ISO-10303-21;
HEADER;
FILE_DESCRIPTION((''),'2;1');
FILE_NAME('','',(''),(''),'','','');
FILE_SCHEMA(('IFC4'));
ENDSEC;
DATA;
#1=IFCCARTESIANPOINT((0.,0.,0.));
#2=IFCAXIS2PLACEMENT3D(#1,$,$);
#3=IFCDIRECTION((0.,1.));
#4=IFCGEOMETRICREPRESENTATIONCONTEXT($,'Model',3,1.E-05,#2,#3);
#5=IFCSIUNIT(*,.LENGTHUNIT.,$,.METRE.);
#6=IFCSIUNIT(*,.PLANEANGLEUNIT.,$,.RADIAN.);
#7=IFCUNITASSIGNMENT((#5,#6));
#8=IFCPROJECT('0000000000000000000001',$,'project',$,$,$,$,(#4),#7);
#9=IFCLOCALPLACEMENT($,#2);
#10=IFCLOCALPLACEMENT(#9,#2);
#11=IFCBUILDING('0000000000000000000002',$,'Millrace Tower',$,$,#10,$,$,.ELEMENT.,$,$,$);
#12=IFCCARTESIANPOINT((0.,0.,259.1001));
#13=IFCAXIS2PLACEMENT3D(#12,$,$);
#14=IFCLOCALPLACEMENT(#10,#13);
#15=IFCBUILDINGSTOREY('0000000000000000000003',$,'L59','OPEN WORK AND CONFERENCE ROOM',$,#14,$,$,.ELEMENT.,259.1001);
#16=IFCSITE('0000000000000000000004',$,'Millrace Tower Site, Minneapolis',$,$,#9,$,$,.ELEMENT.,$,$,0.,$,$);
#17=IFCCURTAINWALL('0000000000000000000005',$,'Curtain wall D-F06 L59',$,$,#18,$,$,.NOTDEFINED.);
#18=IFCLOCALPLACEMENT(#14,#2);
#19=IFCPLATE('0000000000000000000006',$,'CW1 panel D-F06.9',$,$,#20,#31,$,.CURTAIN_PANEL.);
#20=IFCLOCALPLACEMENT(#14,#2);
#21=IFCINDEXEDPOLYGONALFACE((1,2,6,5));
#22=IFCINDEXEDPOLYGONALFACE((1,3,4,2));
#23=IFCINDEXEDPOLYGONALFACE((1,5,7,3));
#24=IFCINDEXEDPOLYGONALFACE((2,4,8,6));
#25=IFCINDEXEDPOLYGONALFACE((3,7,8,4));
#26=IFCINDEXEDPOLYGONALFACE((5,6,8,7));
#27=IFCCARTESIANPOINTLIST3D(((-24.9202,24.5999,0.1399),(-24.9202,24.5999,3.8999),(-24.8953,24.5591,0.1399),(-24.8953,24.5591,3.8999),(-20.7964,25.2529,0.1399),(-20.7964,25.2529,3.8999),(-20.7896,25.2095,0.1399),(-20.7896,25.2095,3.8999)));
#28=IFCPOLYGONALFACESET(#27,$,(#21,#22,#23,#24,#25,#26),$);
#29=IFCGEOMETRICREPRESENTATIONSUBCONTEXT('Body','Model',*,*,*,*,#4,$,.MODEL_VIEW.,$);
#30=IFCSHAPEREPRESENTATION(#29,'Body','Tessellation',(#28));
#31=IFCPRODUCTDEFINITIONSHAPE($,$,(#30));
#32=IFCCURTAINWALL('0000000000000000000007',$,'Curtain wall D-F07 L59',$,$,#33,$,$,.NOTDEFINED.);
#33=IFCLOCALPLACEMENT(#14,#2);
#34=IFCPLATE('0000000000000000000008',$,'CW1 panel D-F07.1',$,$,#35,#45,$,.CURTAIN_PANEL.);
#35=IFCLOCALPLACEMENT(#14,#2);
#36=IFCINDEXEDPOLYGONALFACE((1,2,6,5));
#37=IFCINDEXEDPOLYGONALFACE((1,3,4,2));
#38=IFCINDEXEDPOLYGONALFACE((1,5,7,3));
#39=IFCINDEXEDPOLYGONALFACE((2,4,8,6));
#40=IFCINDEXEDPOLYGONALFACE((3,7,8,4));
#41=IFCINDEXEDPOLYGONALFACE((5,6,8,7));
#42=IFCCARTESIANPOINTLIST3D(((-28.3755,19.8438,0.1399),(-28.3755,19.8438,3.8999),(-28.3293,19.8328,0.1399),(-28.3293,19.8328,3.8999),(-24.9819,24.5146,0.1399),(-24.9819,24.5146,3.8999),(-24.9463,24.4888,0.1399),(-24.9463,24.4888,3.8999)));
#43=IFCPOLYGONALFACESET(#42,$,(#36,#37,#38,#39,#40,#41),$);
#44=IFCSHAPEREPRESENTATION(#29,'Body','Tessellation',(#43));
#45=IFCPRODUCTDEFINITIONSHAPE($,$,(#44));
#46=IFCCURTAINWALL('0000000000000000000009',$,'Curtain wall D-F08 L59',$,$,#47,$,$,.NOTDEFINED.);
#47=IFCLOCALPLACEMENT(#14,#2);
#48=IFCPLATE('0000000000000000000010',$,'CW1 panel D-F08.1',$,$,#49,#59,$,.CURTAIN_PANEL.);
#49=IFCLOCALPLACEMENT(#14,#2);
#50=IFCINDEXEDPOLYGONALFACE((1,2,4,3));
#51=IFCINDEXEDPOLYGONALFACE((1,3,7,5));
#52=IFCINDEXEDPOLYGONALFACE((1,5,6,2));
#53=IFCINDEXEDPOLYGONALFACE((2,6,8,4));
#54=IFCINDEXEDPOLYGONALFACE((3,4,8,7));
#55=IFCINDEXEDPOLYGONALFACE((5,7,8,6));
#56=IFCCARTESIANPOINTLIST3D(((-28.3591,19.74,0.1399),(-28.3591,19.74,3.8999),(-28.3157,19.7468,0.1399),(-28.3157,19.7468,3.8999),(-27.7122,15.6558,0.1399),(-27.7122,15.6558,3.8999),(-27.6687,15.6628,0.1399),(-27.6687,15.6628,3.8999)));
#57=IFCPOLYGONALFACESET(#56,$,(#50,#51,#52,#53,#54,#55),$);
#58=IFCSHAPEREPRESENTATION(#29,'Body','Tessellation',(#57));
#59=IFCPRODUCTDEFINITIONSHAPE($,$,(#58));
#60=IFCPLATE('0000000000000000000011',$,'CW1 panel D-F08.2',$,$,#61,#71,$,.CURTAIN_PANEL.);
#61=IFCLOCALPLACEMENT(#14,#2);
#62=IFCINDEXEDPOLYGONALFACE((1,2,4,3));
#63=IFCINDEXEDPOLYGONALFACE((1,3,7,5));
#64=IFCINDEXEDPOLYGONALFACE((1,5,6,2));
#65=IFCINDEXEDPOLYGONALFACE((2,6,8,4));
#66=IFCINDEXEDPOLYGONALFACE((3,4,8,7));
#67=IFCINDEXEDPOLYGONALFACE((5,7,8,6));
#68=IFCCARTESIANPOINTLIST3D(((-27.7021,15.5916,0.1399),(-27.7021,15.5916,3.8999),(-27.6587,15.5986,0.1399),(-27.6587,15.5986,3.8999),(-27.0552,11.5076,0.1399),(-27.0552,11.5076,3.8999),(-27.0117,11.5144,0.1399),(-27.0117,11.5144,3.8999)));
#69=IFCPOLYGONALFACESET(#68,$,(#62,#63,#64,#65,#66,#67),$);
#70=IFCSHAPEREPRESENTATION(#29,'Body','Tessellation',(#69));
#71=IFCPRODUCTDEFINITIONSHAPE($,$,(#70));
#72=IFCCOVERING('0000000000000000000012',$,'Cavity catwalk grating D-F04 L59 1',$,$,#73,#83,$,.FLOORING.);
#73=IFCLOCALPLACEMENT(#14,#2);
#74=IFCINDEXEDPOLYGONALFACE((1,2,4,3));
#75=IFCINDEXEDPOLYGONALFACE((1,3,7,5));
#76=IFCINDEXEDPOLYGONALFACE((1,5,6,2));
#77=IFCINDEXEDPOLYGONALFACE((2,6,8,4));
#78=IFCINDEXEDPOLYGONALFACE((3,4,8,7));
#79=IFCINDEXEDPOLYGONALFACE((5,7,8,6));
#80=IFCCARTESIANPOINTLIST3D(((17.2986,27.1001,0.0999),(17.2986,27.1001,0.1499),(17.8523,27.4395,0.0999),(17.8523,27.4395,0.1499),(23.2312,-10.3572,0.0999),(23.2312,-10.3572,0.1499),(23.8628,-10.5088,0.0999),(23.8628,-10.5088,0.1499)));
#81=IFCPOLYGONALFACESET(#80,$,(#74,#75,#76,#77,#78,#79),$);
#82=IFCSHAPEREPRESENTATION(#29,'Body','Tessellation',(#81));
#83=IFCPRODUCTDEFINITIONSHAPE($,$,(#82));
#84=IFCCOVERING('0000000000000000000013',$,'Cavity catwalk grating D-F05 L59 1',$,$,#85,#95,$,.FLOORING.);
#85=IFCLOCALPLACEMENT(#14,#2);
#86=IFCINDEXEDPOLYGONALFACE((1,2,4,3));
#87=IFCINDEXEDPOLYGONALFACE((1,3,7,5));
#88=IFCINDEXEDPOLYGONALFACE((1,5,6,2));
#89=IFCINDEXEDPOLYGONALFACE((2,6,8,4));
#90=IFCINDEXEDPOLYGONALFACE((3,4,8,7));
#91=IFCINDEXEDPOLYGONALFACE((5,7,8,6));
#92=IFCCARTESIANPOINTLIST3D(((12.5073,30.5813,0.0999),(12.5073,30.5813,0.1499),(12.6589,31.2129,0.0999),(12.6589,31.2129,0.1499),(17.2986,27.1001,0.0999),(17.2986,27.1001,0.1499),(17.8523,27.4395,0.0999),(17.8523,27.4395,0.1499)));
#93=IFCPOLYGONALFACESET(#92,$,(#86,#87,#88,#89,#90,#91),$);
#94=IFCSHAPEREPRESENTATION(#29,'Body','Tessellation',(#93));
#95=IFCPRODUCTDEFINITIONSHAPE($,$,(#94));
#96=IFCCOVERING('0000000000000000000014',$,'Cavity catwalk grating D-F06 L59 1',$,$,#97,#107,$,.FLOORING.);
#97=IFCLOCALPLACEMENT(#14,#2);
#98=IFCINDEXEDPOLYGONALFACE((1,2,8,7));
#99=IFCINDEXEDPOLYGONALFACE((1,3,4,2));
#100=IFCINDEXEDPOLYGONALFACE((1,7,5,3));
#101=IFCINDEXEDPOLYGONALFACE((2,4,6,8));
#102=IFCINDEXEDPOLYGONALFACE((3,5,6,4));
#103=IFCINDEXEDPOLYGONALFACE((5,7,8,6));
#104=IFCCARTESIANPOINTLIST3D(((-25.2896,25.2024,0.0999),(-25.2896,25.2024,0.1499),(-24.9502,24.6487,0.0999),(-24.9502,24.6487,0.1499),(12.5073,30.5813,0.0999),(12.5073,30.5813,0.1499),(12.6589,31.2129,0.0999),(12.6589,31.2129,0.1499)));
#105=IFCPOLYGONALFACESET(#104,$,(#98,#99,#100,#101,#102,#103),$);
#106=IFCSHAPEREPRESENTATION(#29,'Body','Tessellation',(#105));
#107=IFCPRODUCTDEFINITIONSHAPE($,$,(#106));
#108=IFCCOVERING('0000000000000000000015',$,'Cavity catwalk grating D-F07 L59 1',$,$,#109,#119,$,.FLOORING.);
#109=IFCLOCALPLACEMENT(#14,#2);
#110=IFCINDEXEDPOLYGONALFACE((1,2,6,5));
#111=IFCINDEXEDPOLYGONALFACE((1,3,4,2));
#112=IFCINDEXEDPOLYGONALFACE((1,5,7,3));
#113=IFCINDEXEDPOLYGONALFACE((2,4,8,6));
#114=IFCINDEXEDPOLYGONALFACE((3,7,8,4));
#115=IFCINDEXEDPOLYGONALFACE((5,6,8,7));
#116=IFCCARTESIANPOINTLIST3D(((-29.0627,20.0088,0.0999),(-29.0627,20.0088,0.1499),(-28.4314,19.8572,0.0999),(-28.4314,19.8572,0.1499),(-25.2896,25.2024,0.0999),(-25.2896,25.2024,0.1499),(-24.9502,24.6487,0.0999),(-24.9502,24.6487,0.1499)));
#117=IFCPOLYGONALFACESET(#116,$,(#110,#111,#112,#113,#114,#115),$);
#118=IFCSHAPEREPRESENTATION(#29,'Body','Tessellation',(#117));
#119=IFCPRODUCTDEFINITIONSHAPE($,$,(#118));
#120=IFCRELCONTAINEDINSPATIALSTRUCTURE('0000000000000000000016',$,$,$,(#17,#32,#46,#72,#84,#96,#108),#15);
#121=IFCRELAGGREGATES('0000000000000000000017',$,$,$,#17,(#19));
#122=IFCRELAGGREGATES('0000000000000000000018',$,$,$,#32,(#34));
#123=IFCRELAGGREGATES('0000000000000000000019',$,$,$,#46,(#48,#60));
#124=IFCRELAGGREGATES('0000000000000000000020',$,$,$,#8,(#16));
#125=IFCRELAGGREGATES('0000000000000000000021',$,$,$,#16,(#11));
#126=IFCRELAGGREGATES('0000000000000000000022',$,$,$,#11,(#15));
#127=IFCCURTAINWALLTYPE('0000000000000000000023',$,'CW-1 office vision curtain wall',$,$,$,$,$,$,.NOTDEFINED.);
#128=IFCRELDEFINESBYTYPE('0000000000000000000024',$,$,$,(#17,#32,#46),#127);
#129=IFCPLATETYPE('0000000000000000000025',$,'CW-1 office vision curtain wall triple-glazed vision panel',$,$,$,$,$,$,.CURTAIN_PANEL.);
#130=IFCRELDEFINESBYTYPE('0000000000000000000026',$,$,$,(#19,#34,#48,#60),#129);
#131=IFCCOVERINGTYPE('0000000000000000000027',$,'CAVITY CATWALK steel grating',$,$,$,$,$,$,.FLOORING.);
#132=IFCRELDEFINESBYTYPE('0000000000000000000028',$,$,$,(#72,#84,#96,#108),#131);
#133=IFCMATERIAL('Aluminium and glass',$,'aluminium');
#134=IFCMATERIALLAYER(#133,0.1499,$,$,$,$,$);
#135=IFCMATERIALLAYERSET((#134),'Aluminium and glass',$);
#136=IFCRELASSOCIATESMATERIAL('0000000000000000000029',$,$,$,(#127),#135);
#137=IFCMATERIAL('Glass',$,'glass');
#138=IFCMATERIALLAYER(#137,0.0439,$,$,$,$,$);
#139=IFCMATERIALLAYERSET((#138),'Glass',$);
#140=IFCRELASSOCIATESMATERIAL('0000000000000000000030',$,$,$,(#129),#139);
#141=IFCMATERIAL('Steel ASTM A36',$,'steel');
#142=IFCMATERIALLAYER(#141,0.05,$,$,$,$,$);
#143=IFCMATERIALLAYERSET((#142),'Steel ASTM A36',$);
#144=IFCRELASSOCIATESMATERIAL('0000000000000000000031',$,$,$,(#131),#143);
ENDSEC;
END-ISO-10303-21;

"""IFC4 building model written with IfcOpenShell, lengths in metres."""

from ifc_helpers import new_model, si_unit, direction, frame, origin, place, context, subcontext, project, spatial, polyline, outline, extrude, material, layer, layer_set, type_object, element, aggregate, save


model = new_model("IFC4")

# Units and contexts
model_context = context("Model", 3, precision=1e-05, world=origin(), true_north=direction((0.0, 1.0)))
body_context = subcontext(model_context, "Body", "Model", "MODEL_VIEW")
ifc_project = project(units=[si_unit("LENGTHUNIT", "METRE"), si_unit("PLANEANGLEUNIT", "RADIAN")], contexts=[model_context])

# Site, building, storey
site_placement = place(None, origin())
site = spatial("IfcSite", under=ifc_project, at=site_placement, Name="Millrace Tower Site, Minneapolis", CompositionType="ELEMENT", RefElevation=0.0)
building_placement = place(site_placement, origin())
building = spatial("IfcBuilding", under=site, at=building_placement, Name="Millrace Tower", CompositionType="ELEMENT")
storey_placement = place(building_placement, frame((0.0, 0.0, 259.1001)))
storey = spatial("IfcBuildingStorey", under=building, at=storey_placement, Name="L59", Description="OPEN WORK AND CONFERENCE ROOM", CompositionType="ELEMENT", Elevation=259.1001)

# Shared definitions
ifc_material_1 = material(Name="Aluminium and glass", Category="aluminium")
ifc_layer_1 = layer(ifc_material_1, 0.1499)
ifc_layer_set_1 = layer_set([ifc_layer_1], Name="Aluminium and glass")
curtain_wall_type = type_object("IfcCurtainWallType", Name="CW-1 office vision curtain wall", PredefinedType="NOTDEFINED", material=ifc_layer_set_1)
placement_1 = place(storey_placement, origin())
ifc_material_2 = material(Name="Glass", Category="glass")
ifc_layer_2 = layer(ifc_material_2, 0.0439)
ifc_layer_set_2 = layer_set([ifc_layer_2], Name="Glass")
plate_type = type_object("IfcPlateType", Name="CW-1 office vision curtain wall triple-glazed vision panel", PredefinedType="CURTAIN_PANEL", material=ifc_layer_set_2)
placement_2 = place(storey_placement, frame((0.0, 0.0, 0.1399)))

# Curtain wall, plate
curtain_wall_1 = element("IfcCurtainWall", 1, at=placement_1, inside=storey, type_object=curtain_wall_type, Name="Curtain wall D-F06 L59", PredefinedType="NOTDEFINED")
plate_1 = element("IfcPlate", 2, at=placement_2, type_object=plate_type, Name="CW1 panel D-F06.9", PredefinedType="CURTAIN_PANEL", context=body_context, shape_type="SweptSolid", body=[
    extrude(outline(polyline([(-20.7964, 25.2529), (-24.9202, 24.5999), (-24.8953, 24.5591), (-20.7896, 25.2095), (-20.7964, 25.2529)])), origin(), (0.0, 0.0, 1.0), 3.76),
])
aggregate(curtain_wall_1, [plate_1])

# Curtain wall, plate
curtain_wall_2 = element("IfcCurtainWall", 3, at=placement_1, inside=storey, type_object=curtain_wall_type, Name="Curtain wall D-F07 L59", PredefinedType="NOTDEFINED")
plate_2 = element("IfcPlate", 4, at=placement_2, type_object=plate_type, Name="CW1 panel D-F07.1", PredefinedType="CURTAIN_PANEL", context=body_context, shape_type="SweptSolid", body=[
    extrude(outline(polyline([(-24.9819, 24.5146), (-28.3755, 19.8438), (-28.3293, 19.8328), (-24.9463, 24.4888), (-24.9819, 24.5146)])), origin(), (0.0, 0.0, 1.0), 3.76),
])
aggregate(curtain_wall_2, [plate_2])

# Curtain wall, plates
curtain_wall_3 = element("IfcCurtainWall", 5, at=placement_1, inside=storey, type_object=curtain_wall_type, Name="Curtain wall D-F08 L59", PredefinedType="NOTDEFINED")
plate_3 = element("IfcPlate", 6, at=placement_2, type_object=plate_type, Name="CW1 panel D-F08.1", PredefinedType="CURTAIN_PANEL", context=body_context, shape_type="SweptSolid", body=[
    extrude(outline(polyline([(-28.3591, 19.74), (-27.7122, 15.6558), (-27.6687, 15.6628), (-28.3157, 19.7468), (-28.3591, 19.74)])), origin(), (0.0, 0.0, 1.0), 3.76),
])
plate_4 = element("IfcPlate", 7, at=placement_2, type_object=plate_type, Name="CW1 panel D-F08.2", PredefinedType="CURTAIN_PANEL", context=body_context, shape_type="SweptSolid", body=[
    extrude(outline(polyline([(-27.7021, 15.5916), (-27.0552, 11.5076), (-27.0117, 11.5144), (-27.6587, 15.5986), (-27.7021, 15.5916)])), origin(), (0.0, 0.0, 1.0), 3.76),
])
aggregate(curtain_wall_3, [plate_3, plate_4])

# Coverings
ifc_material_3 = material(Name="Steel ASTM A36", Category="steel")
ifc_layer_3 = layer(ifc_material_3, 0.05)
ifc_layer_set_3 = layer_set([ifc_layer_3], Name="Steel ASTM A36")
covering_type = type_object("IfcCoveringType", Name="CAVITY CATWALK steel grating", PredefinedType="FLOORING", material=ifc_layer_set_3)
placement_3 = place(storey_placement, frame((0.0, 0.0, 0.0999)))
element("IfcCovering", 8, at=placement_3, inside=storey, type_object=covering_type, Name="Cavity catwalk grating D-F04 L59 1", PredefinedType="FLOORING", context=body_context, shape_type="SweptSolid", body=[
    extrude(outline(polyline([(23.8628, -10.5088), (17.8523, 27.4395), (17.2986, 27.1001), (23.2312, -10.3572), (23.8628, -10.5088)])), origin(), (0.0, 0.0, 1.0), 0.05),
])
element("IfcCovering", 9, at=placement_3, inside=storey, type_object=covering_type, Name="Cavity catwalk grating D-F05 L59 1", PredefinedType="FLOORING", context=body_context, shape_type="SweptSolid", body=[
    extrude(outline(polyline([(17.8523, 27.4395), (12.6589, 31.2129), (12.5073, 30.5813), (17.2986, 27.1001), (17.8523, 27.4395)])), origin(), (0.0, 0.0, 1.0), 0.05),
])
element("IfcCovering", 10, at=placement_3, inside=storey, type_object=covering_type, Name="Cavity catwalk grating D-F06 L59 1", PredefinedType="FLOORING", context=body_context, shape_type="SweptSolid", body=[
    extrude(outline(polyline([(12.6589, 31.2129), (-25.2896, 25.2024), (-24.9502, 24.6487), (12.5073, 30.5813), (12.6589, 31.2129)])), origin(), (0.0, 0.0, 1.0), 0.05),
])
element("IfcCovering", 11, at=placement_3, inside=storey, type_object=covering_type, Name="Cavity catwalk grating D-F07 L59 1", PredefinedType="FLOORING", context=body_context, shape_type="SweptSolid", body=[
    extrude(outline(polyline([(-25.2896, 25.2024), (-29.0627, 20.0088), (-28.4314, 19.8572), (-24.9502, 24.6487), (-25.2896, 25.2024)])), origin(), (0.0, 0.0, 1.0), 0.05),
])

save(model, "model.ifc")
